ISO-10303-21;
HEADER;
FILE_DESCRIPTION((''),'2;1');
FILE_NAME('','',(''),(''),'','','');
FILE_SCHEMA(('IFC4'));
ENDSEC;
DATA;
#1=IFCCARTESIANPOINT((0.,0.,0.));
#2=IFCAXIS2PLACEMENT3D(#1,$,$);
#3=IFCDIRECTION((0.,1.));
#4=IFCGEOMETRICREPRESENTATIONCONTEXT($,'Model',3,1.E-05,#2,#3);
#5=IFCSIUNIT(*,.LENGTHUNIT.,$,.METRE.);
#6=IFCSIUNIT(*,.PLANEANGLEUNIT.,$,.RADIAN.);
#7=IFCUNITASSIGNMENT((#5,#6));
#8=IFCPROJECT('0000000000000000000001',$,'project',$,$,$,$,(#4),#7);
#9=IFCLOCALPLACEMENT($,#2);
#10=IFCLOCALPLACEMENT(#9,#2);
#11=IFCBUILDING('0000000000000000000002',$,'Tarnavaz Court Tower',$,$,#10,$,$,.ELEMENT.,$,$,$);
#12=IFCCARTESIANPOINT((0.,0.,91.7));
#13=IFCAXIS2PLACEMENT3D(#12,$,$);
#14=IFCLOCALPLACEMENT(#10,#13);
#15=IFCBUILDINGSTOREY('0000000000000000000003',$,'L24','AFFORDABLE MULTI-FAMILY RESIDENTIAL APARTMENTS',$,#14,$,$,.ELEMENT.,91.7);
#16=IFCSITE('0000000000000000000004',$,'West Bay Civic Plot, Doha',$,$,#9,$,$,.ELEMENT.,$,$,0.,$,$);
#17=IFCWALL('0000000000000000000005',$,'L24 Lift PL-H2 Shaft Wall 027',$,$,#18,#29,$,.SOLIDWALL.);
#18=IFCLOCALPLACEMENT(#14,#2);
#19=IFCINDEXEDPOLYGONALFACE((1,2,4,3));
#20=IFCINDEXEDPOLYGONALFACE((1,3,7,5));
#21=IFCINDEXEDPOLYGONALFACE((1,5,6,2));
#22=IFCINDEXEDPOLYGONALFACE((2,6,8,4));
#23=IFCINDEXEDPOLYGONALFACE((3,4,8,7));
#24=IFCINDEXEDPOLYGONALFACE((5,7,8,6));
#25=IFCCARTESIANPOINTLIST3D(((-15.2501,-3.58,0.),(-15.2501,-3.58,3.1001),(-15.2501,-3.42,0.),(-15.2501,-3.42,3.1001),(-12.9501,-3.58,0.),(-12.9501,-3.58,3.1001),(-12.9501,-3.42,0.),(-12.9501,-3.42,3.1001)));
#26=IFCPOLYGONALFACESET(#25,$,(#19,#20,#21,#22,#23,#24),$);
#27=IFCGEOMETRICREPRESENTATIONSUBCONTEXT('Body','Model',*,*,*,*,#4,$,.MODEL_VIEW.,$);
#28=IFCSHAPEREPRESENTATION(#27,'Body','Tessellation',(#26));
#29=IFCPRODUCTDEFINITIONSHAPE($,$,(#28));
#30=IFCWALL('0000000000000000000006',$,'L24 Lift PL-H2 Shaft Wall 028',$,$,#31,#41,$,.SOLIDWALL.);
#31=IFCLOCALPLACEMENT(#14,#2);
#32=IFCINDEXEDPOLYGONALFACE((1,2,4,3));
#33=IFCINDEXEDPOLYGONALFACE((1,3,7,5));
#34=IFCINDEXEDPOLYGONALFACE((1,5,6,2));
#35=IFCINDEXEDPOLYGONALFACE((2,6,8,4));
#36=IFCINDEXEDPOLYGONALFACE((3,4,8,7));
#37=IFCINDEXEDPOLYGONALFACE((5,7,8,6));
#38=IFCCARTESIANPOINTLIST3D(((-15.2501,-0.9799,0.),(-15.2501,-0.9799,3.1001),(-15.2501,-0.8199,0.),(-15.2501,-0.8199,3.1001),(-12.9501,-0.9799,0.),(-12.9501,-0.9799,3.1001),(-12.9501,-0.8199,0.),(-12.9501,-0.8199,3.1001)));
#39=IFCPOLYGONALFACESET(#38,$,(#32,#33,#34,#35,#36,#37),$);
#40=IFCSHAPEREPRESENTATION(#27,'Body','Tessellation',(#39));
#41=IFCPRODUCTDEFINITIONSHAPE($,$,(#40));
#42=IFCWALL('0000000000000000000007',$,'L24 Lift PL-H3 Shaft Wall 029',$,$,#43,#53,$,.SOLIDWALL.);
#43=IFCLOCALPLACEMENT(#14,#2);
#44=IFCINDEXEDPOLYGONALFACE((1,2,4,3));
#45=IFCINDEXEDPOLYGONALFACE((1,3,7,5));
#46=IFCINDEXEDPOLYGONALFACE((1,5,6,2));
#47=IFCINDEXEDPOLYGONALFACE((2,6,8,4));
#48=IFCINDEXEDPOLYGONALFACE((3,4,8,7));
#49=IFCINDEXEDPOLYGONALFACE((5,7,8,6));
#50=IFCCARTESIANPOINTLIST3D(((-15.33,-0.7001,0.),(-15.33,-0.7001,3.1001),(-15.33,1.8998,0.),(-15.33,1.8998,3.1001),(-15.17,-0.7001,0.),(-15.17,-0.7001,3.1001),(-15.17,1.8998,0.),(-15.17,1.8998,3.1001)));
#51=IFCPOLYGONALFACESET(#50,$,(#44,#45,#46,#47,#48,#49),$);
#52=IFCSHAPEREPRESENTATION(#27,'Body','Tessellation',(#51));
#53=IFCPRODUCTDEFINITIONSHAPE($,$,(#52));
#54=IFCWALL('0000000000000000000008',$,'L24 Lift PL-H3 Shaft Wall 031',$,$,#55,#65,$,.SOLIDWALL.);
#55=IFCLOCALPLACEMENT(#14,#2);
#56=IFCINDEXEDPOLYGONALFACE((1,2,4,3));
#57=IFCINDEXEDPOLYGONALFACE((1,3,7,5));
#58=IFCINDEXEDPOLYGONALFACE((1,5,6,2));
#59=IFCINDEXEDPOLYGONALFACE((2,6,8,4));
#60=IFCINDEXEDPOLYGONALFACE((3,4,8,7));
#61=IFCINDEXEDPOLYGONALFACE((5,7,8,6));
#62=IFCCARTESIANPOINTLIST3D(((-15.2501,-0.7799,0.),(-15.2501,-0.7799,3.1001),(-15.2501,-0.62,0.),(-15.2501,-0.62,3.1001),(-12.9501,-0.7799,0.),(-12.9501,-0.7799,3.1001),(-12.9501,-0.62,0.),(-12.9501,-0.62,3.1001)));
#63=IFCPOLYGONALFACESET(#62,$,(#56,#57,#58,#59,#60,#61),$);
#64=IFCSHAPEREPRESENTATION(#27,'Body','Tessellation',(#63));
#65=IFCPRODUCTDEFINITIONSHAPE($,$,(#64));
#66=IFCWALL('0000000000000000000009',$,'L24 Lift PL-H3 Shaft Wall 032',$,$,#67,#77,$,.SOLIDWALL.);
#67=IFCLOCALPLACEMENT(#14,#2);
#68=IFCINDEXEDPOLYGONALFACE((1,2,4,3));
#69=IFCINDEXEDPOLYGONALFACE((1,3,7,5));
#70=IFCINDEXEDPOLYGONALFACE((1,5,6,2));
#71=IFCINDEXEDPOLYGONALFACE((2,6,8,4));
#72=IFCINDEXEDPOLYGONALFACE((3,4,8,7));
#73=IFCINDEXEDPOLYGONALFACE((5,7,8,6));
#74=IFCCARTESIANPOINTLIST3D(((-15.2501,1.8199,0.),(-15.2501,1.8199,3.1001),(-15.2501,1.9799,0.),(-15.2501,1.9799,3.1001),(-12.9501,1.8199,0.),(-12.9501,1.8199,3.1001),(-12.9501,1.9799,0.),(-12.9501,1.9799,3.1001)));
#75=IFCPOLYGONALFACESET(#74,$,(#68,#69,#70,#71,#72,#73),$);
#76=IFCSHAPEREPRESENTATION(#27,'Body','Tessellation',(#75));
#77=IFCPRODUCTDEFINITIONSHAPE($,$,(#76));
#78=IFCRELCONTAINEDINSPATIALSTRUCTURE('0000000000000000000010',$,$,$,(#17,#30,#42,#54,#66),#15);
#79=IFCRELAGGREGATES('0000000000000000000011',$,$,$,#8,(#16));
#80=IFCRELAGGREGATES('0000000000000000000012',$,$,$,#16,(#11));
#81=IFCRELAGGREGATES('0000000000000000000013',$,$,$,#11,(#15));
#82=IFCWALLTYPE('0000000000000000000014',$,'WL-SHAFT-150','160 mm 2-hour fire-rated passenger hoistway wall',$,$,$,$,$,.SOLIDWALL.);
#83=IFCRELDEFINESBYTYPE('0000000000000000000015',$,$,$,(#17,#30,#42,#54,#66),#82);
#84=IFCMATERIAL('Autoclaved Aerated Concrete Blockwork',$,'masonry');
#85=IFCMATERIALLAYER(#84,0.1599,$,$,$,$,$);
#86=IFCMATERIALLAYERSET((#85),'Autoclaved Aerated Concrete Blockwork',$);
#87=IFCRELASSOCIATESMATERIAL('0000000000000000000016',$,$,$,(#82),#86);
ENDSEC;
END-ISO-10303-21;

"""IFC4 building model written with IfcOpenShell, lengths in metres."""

from ifc_helpers import new_model, si_unit, direction, frame, frame_2d, origin, place, context, subcontext, project, spatial, rectangle, extrude, material, layer, layer_set, type_object, element, save


model = new_model("IFC4")

# Units and contexts
model_context = context("Model", 3, precision=1e-05, world=origin(), true_north=direction((0.0, 1.0)))
body_context = subcontext(model_context, "Body", "Model", "MODEL_VIEW")
ifc_project = project(units=[si_unit("LENGTHUNIT", "METRE"), si_unit("PLANEANGLEUNIT", "RADIAN")], contexts=[model_context])

# Site, building, storey
site_placement = place(None, origin())
site = spatial("IfcSite", under=ifc_project, at=site_placement, Name="West Bay Civic Plot, Doha", CompositionType="ELEMENT", RefElevation=0.0)
building_placement = place(site_placement, origin())
building = spatial("IfcBuilding", under=site, at=building_placement, Name="Tarnavaz Court Tower", CompositionType="ELEMENT")
storey_placement = place(building_placement, frame((0.0, 0.0, 91.7)))
storey = spatial("IfcBuildingStorey", under=building, at=storey_placement, Name="L24", Description="AFFORDABLE MULTI-FAMILY RESIDENTIAL APARTMENTS", CompositionType="ELEMENT", Elevation=91.7)

# Walls
ifc_material_1 = material(Name="Autoclaved Aerated Concrete Blockwork", Category="masonry")
ifc_layer_1 = layer(ifc_material_1, 0.1599)
ifc_layer_set_1 = layer_set([ifc_layer_1], Name="Autoclaved Aerated Concrete Blockwork")
wall_type_1 = type_object("IfcWallType", Name="WL-SHAFT-150", Description="160 mm 2-hour fire-rated passenger hoistway wall", PredefinedType="SOLIDWALL", material=ifc_layer_set_1)
for number, where, z_axis, x_axis, name in (
    (1, (-15.25, -3.5, 0.0), (0.0, 0.0, 1.0), (1.0, 0.0, 0.0), "L24 Lift PL-H2 Shaft Wall 027"),
    (2, (-15.25, -0.8999, 0.0), (0.0, 0.0, 1.0), (1.0, 0.0, 0.0), "L24 Lift PL-H2 Shaft Wall 028"),
):
    element("IfcWall", number, at=place(storey_placement, frame(where, z_axis=z_axis, x_axis=x_axis)), inside=storey, type_object=wall_type_1, Name=name, PredefinedType="SOLIDWALL", context=body_context, shape_type="SweptSolid", body=[
        extrude(rectangle(XDim=2.3, YDim=0.1599, at=frame_2d((1.1499, 0.0))), origin(), (0.0, 0.0, 1.0), 3.1001),
    ])
wall_1_placement = place(storey_placement, frame((-15.25, -0.7, 0.0), z_axis=(0.0, 0.0, 1.0), x_axis=(0.0, 1.0, 0.0)))
element("IfcWall", 3, at=wall_1_placement, inside=storey, type_object=wall_type_1, Name="L24 Lift PL-H3 Shaft Wall 029", PredefinedType="SOLIDWALL", context=body_context, shape_type="SweptSolid", body=[
    extrude(rectangle(XDim=2.5999, YDim=0.1599, at=frame_2d((1.2998, 0.0))), origin(), (0.0, 0.0, 1.0), 3.1001),
])
for number, where, z_axis, x_axis, name in (
    (4, (-15.25, -0.7, 0.0), (0.0, 0.0, 1.0), (1.0, 0.0, 0.0), "L24 Lift PL-H3 Shaft Wall 031"),
    (5, (-15.25, 1.8999, 0.0), (0.0, 0.0, 1.0), (1.0, 0.0, 0.0), "L24 Lift PL-H3 Shaft Wall 032"),
):
    element("IfcWall", number, at=place(storey_placement, frame(where, z_axis=z_axis, x_axis=x_axis)), inside=storey, type_object=wall_type_1, Name=name, PredefinedType="SOLIDWALL", context=body_context, shape_type="SweptSolid", body=[
        extrude(rectangle(XDim=2.3, YDim=0.1599, at=frame_2d((1.1499, 0.0))), origin(), (0.0, 0.0, 1.0), 3.1001),
    ])

save(model, "model.ifc")
